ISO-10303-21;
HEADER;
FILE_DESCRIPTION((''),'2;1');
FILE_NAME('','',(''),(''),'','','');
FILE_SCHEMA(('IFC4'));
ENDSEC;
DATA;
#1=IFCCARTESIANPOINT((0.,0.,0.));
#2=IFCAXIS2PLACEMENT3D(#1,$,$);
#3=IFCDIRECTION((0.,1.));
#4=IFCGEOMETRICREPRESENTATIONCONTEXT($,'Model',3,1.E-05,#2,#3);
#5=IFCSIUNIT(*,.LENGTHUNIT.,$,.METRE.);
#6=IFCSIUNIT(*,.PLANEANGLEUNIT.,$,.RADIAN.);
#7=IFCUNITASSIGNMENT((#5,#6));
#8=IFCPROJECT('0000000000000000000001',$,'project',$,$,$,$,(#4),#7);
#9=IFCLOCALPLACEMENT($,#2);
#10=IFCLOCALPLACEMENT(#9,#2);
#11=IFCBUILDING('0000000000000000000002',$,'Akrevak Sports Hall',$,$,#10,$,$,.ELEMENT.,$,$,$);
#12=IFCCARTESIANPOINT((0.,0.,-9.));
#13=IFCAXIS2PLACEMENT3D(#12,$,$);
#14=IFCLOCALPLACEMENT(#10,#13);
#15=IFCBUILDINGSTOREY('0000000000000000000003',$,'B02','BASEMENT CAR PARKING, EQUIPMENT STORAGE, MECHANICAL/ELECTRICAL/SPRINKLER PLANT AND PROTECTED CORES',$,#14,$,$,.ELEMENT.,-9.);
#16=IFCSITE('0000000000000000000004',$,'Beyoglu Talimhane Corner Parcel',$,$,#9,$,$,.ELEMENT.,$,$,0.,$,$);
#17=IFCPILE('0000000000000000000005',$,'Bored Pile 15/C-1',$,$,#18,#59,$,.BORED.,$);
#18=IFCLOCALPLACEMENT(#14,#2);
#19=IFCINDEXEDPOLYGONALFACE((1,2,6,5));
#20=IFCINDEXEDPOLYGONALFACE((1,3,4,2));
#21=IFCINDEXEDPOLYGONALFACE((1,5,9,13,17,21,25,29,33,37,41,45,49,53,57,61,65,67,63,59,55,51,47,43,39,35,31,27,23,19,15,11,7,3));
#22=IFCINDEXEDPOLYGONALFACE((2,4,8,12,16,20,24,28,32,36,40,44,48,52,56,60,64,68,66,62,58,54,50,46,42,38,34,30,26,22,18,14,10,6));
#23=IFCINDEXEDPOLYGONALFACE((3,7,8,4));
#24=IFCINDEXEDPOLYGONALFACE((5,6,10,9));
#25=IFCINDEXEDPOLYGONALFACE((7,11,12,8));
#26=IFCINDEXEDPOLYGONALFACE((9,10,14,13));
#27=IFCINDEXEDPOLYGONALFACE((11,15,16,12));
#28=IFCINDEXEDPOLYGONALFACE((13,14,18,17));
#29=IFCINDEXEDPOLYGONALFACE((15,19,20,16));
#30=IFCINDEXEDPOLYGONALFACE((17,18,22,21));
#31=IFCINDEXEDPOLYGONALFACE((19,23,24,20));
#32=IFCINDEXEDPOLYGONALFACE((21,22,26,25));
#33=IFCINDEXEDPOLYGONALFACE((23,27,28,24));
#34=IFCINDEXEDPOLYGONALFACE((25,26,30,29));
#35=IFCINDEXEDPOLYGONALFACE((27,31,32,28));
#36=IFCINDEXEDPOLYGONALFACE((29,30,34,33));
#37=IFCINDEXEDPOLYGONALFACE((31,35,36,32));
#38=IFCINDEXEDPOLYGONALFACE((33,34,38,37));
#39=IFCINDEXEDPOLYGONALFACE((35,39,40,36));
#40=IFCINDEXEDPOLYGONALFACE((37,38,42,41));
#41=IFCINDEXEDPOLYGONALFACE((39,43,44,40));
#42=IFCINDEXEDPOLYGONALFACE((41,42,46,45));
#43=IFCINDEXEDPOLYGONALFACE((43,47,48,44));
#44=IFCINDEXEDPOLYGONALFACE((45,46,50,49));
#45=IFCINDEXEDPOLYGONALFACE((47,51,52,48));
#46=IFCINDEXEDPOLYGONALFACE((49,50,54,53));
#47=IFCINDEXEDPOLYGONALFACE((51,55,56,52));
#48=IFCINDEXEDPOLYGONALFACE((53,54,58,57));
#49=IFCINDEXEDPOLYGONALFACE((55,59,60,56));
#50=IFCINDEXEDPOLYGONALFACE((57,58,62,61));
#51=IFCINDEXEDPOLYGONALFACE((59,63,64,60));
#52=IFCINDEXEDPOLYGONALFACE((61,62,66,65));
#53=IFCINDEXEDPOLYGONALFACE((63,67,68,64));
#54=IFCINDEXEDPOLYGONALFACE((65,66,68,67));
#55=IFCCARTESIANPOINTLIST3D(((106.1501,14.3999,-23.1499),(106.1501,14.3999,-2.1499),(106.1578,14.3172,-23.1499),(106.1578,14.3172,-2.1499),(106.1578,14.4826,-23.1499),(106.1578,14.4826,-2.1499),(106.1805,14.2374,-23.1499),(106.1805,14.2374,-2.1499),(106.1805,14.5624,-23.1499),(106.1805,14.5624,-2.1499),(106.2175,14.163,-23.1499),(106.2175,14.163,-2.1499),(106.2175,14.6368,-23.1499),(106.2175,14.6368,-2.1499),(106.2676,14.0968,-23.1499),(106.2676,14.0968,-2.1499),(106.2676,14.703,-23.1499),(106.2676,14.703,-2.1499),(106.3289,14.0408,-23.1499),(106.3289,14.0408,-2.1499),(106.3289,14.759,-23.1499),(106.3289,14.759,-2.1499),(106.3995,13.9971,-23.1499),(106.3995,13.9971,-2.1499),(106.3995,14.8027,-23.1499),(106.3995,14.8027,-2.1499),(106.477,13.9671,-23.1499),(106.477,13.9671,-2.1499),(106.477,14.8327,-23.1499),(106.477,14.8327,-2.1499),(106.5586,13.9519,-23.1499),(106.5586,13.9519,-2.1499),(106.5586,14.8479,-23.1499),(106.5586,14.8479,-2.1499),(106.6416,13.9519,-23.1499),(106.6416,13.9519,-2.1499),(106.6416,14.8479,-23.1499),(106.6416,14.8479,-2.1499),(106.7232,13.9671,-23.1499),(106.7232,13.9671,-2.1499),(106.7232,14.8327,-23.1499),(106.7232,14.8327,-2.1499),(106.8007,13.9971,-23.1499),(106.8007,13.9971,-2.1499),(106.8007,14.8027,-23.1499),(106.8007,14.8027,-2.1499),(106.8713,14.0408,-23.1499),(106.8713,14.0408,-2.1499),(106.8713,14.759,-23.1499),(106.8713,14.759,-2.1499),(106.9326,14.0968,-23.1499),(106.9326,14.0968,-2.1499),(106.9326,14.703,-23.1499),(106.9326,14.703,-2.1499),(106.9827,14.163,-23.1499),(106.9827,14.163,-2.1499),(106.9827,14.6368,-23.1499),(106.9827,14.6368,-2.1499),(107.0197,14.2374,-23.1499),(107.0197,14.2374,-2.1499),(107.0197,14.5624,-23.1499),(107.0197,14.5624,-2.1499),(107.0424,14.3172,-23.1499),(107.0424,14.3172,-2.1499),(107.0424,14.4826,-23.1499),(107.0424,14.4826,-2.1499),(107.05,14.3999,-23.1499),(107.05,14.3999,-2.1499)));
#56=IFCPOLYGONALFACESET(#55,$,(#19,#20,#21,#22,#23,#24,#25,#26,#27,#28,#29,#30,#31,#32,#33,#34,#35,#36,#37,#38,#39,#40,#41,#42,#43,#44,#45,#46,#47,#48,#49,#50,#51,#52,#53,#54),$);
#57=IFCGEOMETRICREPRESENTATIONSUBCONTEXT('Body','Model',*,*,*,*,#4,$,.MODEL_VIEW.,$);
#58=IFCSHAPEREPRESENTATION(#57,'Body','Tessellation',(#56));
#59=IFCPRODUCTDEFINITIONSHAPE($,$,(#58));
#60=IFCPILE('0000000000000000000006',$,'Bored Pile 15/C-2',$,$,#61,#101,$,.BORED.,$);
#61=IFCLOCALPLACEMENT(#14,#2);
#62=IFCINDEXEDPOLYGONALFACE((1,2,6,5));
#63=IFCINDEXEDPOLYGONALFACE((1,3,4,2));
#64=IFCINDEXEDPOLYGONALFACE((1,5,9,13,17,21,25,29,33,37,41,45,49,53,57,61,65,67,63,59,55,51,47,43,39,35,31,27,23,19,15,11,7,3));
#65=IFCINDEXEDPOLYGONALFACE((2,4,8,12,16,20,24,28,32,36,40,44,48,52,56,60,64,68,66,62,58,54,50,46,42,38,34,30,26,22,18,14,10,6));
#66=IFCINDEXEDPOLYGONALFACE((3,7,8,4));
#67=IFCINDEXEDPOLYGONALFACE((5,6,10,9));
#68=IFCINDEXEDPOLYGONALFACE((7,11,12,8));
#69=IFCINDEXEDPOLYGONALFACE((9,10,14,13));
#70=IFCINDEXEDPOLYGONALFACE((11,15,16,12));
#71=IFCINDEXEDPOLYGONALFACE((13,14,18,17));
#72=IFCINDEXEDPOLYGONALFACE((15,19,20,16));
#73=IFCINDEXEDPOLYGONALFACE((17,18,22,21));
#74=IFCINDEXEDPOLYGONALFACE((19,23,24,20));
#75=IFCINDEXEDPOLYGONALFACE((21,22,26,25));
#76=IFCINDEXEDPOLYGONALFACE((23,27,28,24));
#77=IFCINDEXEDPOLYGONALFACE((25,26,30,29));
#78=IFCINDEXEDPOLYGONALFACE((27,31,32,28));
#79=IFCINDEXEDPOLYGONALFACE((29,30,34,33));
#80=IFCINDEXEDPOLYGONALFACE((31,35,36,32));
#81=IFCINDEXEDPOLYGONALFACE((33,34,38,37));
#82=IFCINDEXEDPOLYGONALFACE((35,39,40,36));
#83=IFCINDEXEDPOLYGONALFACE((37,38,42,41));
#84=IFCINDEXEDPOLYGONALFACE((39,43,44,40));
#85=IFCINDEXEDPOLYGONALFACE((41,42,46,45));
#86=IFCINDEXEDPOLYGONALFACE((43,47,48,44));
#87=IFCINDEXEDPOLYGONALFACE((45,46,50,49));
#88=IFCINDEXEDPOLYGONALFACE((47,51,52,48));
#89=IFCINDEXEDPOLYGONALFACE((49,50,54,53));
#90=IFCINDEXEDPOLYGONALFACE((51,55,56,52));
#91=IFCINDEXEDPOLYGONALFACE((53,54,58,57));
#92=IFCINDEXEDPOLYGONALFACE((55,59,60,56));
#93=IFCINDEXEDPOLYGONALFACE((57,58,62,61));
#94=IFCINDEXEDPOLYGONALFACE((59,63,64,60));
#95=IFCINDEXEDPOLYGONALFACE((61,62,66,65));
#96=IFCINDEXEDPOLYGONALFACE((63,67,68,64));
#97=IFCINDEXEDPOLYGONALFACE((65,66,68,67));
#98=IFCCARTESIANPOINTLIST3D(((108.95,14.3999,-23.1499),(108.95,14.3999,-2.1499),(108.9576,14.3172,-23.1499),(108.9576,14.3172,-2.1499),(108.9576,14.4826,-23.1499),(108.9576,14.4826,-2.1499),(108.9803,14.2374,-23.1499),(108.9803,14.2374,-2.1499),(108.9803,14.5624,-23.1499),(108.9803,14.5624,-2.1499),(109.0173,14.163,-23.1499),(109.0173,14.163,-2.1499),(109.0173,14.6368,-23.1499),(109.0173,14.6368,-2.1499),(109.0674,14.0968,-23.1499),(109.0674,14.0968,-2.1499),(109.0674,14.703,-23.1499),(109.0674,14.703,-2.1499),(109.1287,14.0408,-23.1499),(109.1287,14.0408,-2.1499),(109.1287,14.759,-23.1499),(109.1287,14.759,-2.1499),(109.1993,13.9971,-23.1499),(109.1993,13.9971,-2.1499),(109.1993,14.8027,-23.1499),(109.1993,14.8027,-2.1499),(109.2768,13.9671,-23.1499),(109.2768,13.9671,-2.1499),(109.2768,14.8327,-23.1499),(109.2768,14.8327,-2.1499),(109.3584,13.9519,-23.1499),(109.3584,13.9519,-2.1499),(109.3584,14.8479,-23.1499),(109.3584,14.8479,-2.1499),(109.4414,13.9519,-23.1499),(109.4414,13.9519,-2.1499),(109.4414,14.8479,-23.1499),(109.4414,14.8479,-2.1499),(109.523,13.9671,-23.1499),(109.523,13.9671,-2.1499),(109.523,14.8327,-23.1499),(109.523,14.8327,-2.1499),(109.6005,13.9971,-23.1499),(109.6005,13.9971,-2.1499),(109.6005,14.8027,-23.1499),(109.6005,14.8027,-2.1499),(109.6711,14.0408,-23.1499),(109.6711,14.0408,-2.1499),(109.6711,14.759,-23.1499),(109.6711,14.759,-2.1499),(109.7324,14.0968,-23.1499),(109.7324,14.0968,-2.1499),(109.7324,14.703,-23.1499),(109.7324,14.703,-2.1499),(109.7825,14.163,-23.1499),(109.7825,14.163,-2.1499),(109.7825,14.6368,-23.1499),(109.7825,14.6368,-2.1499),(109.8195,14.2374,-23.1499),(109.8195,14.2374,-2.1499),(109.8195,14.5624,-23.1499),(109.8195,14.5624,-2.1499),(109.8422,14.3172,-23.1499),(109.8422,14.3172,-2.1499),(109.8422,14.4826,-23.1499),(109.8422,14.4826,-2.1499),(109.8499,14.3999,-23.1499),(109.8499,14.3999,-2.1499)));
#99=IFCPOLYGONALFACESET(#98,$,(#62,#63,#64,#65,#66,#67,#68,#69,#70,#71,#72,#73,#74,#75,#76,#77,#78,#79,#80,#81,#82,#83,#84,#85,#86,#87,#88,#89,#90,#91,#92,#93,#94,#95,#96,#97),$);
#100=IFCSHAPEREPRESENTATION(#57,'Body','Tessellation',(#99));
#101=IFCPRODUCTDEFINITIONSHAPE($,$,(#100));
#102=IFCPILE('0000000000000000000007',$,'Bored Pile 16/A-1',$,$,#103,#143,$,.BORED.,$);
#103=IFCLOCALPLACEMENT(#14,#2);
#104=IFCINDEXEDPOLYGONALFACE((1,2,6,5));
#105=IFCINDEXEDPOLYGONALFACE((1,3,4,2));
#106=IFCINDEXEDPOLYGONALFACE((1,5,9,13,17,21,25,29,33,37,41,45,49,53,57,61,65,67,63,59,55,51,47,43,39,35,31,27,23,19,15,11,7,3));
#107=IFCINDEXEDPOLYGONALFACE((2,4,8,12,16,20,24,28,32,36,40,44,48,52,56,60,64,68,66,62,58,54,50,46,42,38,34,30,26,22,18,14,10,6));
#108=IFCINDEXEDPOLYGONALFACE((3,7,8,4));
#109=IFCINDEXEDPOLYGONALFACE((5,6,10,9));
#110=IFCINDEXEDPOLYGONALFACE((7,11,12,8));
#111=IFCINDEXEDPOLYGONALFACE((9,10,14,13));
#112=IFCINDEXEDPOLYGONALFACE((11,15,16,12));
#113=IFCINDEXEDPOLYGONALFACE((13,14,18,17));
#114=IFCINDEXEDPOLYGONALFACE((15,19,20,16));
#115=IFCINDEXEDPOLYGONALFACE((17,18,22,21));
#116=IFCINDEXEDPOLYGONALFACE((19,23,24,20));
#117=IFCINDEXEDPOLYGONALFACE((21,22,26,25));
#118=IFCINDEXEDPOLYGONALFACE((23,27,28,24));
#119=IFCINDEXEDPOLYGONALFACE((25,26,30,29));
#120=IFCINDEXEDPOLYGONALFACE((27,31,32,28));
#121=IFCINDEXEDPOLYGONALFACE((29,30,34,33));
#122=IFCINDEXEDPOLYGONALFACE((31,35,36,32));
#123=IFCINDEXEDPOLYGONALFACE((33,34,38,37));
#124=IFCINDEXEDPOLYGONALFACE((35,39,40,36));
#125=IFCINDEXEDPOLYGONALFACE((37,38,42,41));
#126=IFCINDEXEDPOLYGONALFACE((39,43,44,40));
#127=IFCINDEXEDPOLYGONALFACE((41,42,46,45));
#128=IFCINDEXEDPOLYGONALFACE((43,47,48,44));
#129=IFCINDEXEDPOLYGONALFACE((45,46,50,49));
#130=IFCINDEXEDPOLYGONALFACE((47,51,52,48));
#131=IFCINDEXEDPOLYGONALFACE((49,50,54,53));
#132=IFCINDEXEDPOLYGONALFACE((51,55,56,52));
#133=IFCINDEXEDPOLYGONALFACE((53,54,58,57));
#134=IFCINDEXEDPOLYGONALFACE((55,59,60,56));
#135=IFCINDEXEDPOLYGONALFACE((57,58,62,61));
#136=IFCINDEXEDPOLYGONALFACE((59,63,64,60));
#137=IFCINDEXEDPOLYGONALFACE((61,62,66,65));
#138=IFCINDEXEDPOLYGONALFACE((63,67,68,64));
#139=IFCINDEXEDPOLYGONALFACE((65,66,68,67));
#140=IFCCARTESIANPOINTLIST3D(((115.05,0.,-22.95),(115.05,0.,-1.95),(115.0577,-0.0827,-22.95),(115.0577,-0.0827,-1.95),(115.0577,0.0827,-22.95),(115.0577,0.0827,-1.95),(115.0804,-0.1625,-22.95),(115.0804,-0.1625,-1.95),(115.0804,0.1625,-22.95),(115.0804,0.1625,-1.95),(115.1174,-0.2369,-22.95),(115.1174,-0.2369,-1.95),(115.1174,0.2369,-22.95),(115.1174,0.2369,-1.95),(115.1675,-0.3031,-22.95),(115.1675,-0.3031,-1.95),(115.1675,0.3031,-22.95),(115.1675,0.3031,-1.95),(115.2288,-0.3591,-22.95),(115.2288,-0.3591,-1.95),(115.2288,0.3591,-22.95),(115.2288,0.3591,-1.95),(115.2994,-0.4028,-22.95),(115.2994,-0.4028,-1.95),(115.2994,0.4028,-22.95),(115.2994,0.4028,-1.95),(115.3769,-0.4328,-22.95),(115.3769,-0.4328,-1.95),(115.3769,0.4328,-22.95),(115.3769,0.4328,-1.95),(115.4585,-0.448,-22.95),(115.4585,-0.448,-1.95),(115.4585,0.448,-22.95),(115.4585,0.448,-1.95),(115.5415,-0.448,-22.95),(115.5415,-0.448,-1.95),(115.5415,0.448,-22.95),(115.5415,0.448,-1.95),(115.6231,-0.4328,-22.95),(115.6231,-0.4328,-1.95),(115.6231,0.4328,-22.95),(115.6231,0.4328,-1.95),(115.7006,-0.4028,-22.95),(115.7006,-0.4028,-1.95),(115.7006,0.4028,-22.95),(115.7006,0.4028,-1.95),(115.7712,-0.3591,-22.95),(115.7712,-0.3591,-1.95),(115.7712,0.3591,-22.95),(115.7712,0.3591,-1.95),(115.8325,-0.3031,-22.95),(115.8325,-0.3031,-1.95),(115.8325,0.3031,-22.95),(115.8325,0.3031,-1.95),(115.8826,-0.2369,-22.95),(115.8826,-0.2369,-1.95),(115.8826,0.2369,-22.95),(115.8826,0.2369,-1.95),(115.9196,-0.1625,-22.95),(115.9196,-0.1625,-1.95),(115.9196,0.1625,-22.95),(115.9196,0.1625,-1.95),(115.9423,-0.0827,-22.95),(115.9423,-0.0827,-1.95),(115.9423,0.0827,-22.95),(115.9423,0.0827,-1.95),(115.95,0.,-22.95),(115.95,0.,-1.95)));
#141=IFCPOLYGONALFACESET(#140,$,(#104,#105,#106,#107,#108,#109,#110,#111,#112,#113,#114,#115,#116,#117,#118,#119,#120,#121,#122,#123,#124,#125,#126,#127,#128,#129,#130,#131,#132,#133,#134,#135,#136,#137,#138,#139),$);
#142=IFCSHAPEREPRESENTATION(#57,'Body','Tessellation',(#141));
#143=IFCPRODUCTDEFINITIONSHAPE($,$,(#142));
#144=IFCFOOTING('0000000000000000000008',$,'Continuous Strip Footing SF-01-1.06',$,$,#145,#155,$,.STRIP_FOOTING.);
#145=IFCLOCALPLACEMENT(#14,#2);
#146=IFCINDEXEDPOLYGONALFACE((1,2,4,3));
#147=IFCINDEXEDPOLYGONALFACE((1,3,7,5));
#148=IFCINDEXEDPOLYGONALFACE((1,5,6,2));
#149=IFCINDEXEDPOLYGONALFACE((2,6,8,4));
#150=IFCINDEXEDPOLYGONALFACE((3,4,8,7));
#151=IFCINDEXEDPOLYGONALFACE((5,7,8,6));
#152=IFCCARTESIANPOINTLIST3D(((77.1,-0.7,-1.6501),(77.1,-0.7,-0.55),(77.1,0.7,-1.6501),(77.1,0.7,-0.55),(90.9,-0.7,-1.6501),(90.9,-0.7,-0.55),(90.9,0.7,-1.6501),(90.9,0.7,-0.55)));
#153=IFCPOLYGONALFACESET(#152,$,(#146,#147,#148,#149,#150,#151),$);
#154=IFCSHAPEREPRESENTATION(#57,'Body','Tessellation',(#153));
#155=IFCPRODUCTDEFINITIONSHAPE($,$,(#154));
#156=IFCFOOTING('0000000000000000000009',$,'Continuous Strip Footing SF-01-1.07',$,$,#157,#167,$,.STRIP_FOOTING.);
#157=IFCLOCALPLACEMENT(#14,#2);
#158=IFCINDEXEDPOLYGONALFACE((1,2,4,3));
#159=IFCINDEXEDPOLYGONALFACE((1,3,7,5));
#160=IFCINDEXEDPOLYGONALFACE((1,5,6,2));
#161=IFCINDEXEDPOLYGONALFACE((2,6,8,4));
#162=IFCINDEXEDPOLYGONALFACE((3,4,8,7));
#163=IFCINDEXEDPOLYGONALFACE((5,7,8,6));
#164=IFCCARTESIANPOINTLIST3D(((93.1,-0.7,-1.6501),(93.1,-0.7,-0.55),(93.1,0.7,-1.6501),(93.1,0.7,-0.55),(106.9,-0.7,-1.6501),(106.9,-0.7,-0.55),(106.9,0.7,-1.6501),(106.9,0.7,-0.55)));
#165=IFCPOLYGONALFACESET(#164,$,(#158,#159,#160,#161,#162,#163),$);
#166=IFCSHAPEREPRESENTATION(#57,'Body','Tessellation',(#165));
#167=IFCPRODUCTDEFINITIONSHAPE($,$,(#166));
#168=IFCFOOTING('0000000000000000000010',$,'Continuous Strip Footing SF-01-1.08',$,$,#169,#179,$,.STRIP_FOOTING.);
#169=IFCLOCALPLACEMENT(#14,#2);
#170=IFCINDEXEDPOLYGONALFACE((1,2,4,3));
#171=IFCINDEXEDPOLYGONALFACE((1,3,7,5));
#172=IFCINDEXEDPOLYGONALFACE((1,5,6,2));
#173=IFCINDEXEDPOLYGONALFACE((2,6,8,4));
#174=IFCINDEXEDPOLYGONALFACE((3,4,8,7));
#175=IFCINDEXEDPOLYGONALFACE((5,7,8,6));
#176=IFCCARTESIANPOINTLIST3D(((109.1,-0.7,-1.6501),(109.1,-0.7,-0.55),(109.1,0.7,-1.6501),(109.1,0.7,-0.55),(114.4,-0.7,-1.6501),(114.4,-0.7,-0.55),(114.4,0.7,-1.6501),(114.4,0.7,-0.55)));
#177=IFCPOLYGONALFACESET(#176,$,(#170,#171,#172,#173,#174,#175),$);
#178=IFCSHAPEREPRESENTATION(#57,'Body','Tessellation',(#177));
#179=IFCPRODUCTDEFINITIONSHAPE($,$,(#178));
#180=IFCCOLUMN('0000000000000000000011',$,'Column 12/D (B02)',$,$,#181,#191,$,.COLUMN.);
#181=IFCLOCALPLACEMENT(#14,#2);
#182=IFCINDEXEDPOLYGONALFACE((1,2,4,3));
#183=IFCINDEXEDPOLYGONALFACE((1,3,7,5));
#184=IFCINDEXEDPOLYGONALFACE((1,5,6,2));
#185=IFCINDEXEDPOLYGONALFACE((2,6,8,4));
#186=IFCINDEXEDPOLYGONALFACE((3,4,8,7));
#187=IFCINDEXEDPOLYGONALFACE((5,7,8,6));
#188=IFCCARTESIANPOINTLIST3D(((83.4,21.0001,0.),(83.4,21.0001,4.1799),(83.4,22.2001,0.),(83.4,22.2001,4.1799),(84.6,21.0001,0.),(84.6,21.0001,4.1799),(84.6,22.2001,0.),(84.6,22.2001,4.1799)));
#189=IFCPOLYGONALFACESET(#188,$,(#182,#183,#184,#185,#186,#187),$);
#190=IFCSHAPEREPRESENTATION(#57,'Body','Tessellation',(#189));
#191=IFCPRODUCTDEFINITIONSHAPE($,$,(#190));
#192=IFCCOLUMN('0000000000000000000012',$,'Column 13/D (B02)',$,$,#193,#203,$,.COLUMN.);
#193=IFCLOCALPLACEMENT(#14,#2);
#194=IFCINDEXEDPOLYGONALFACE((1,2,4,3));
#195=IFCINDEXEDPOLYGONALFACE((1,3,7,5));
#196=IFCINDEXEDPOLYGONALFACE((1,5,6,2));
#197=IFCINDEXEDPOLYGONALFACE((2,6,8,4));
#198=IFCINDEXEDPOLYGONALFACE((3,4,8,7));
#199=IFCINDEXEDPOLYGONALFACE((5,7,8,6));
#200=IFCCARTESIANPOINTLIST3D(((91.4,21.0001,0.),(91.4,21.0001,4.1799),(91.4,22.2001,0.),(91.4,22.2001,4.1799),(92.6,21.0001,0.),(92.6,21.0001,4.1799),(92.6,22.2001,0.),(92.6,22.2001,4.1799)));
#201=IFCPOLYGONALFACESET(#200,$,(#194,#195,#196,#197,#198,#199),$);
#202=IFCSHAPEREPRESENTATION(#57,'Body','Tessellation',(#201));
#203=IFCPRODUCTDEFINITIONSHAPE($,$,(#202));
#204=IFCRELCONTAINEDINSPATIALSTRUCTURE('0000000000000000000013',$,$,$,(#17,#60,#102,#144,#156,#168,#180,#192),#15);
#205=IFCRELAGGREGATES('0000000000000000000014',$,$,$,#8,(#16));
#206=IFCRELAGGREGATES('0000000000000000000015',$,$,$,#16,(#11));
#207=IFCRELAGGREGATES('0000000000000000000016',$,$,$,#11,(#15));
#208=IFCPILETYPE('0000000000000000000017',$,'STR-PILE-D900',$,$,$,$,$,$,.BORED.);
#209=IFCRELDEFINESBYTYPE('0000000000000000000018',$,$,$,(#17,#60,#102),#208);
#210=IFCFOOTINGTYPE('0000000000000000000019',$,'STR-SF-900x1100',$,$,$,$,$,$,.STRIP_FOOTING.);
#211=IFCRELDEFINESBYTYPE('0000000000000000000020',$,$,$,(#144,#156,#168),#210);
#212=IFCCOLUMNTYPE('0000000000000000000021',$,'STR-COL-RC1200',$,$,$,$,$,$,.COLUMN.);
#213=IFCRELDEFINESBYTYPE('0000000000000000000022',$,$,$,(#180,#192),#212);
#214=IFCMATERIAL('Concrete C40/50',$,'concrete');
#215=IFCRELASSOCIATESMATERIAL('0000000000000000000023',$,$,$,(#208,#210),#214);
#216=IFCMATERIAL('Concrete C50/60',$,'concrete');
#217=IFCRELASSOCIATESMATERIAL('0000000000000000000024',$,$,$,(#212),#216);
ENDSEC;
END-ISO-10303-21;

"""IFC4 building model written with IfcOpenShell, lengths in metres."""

from ifc_helpers import new_model, si_unit, direction, frame, origin, origin_2d, place, context, subcontext, project, spatial, rectangle, circle, extrude, material, material_profile, profile_set, type_object, element, save


model = new_model("IFC4")

# Units and contexts
model_context = context("Model", 3, precision=1e-05, world=origin(), true_north=direction((0.0, 1.0)))
body_context = subcontext(model_context, "Body", "Model", "MODEL_VIEW")
ifc_project = project(units=[si_unit("LENGTHUNIT", "METRE"), si_unit("PLANEANGLEUNIT", "RADIAN")], contexts=[model_context])

# Site, building, storey
site_placement = place(None, origin())
site = spatial("IfcSite", under=ifc_project, at=site_placement, Name="Beyoglu Talimhane Corner Parcel", CompositionType="ELEMENT", RefElevation=0.0)
building_placement = place(site_placement, origin())
building = spatial("IfcBuilding", under=site, at=building_placement, Name="Akrevak Sports Hall", CompositionType="ELEMENT")
storey_placement = place(building_placement, frame((0.0, 0.0, -9.0)))
storey = spatial("IfcBuildingStorey", under=building, at=storey_placement, Name="B02", Description="BASEMENT CAR PARKING, EQUIPMENT STORAGE, MECHANICAL/ELECTRICAL/SPRINKLER PLANT AND PROTECTED CORES", CompositionType="ELEMENT", Elevation=-9.0)

# Shared definitions
ifc_material_1 = material(Name="Concrete C40/50", Category="concrete")

# Piles
ifc_material_profile_1 = material_profile(ifc_material_1, circle(Radius=0.45, at=origin_2d()), Name="BORED PILE D900", Category="concrete")
ifc_profile_set_1 = profile_set([ifc_material_profile_1], Name="Concrete C40/50")
pile_type_1 = type_object("IfcPileType", Name="STR-PILE-D900", PredefinedType="BORED", material=ifc_profile_set_1)
for number, where, z_axis, x_axis, name in (
    (1, (106.6001, 14.3999, -2.1499), (0.0, 0.0, -1.0), (1.0, 0.0, 0.0), "Bored Pile 15/C-1"),
    (2, (109.3999, 14.3999, -2.1499), (0.0, 0.0, -1.0), (1.0, 0.0, 0.0), "Bored Pile 15/C-2"),
    (3, (115.5, 0.0, -1.95), (0.0, 0.0, -1.0), (1.0, 0.0, 0.0), "Bored Pile 16/A-1"),
):
    element("IfcPile", number, at=place(storey_placement, frame(where, z_axis=z_axis, x_axis=x_axis)), inside=storey, type_object=pile_type_1, Name=name, PredefinedType="BORED", context=body_context, shape_type="SweptSolid", body=[
        extrude(circle(Radius=0.45, at=origin_2d()), origin(), (0.0, 0.0, 1.0), 21.0),
    ])

# Footings
footing_type_1 = type_object("IfcFootingType", Name="STR-SF-900x1100", PredefinedType="STRIP_FOOTING", material=ifc_material_1)
for number, where, z_axis, x_axis, name in (
    (4, (84.0, 0.0, -1.6501), (0.0, 0.0, 1.0), (1.0, 0.0, 0.0), "Continuous Strip Footing SF-01-1.06"),
    (5, (100.0, 0.0, -1.6501), (0.0, 0.0, 1.0), (1.0, 0.0, 0.0), "Continuous Strip Footing SF-01-1.07"),
):
    element("IfcFooting", number, at=place(storey_placement, frame(where, z_axis=z_axis, x_axis=x_axis)), inside=storey, type_object=footing_type_1, Name=name, PredefinedType="STRIP_FOOTING", context=body_context, shape_type="SweptSolid", body=[
        extrude(rectangle(XDim=13.8, YDim=1.3999, at=origin_2d()), origin(), (0.0, 0.0, 1.0), 1.1001),
    ])
footing_1_placement = place(storey_placement, frame((111.75, 0.0, -1.6501), z_axis=(0.0, 0.0, 1.0), x_axis=(1.0, 0.0, 0.0)))
element("IfcFooting", 6, at=footing_1_placement, inside=storey, type_object=footing_type_1, Name="Continuous Strip Footing SF-01-1.08", PredefinedType="STRIP_FOOTING", context=body_context, shape_type="SweptSolid", body=[
    extrude(rectangle(XDim=5.3, YDim=1.3999, at=origin_2d()), origin(), (0.0, 0.0, 1.0), 1.1001),
])

# Columns
ifc_material_2 = material(Name="Concrete C50/60", Category="concrete")
ifc_material_profile_2 = material_profile(ifc_material_2, rectangle(XDim=1.2, YDim=1.2, at=origin_2d()), Name="RC 1200x1200", Category="concrete")
ifc_profile_set_2 = profile_set([ifc_material_profile_2], Name="Concrete C50/60")
column_type_1 = type_object("IfcColumnType", Name="STR-COL-RC1200", PredefinedType="COLUMN", material=ifc_profile_set_2)
for number, where, z_axis, x_axis, name in (
    (7, (84.0, 21.6001, 0.0), (0.0, 0.0, 1.0), (1.0, 0.0, 0.0), "Column 12/D (B02)"),
    (8, (92.0, 21.6001, 0.0), (0.0, 0.0, 1.0), (1.0, 0.0, 0.0), "Column 13/D (B02)"),
):
    element("IfcColumn", number, at=place(storey_placement, frame(where, z_axis=z_axis, x_axis=x_axis)), inside=storey, type_object=column_type_1, Name=name, PredefinedType="COLUMN", context=body_context, shape_type="SweptSolid", body=[
        extrude(rectangle(XDim=1.2, YDim=1.2, at=origin_2d()), origin(), (0.0, 0.0, 1.0), 4.1799),
    ])

save(model, "model.ifc")
